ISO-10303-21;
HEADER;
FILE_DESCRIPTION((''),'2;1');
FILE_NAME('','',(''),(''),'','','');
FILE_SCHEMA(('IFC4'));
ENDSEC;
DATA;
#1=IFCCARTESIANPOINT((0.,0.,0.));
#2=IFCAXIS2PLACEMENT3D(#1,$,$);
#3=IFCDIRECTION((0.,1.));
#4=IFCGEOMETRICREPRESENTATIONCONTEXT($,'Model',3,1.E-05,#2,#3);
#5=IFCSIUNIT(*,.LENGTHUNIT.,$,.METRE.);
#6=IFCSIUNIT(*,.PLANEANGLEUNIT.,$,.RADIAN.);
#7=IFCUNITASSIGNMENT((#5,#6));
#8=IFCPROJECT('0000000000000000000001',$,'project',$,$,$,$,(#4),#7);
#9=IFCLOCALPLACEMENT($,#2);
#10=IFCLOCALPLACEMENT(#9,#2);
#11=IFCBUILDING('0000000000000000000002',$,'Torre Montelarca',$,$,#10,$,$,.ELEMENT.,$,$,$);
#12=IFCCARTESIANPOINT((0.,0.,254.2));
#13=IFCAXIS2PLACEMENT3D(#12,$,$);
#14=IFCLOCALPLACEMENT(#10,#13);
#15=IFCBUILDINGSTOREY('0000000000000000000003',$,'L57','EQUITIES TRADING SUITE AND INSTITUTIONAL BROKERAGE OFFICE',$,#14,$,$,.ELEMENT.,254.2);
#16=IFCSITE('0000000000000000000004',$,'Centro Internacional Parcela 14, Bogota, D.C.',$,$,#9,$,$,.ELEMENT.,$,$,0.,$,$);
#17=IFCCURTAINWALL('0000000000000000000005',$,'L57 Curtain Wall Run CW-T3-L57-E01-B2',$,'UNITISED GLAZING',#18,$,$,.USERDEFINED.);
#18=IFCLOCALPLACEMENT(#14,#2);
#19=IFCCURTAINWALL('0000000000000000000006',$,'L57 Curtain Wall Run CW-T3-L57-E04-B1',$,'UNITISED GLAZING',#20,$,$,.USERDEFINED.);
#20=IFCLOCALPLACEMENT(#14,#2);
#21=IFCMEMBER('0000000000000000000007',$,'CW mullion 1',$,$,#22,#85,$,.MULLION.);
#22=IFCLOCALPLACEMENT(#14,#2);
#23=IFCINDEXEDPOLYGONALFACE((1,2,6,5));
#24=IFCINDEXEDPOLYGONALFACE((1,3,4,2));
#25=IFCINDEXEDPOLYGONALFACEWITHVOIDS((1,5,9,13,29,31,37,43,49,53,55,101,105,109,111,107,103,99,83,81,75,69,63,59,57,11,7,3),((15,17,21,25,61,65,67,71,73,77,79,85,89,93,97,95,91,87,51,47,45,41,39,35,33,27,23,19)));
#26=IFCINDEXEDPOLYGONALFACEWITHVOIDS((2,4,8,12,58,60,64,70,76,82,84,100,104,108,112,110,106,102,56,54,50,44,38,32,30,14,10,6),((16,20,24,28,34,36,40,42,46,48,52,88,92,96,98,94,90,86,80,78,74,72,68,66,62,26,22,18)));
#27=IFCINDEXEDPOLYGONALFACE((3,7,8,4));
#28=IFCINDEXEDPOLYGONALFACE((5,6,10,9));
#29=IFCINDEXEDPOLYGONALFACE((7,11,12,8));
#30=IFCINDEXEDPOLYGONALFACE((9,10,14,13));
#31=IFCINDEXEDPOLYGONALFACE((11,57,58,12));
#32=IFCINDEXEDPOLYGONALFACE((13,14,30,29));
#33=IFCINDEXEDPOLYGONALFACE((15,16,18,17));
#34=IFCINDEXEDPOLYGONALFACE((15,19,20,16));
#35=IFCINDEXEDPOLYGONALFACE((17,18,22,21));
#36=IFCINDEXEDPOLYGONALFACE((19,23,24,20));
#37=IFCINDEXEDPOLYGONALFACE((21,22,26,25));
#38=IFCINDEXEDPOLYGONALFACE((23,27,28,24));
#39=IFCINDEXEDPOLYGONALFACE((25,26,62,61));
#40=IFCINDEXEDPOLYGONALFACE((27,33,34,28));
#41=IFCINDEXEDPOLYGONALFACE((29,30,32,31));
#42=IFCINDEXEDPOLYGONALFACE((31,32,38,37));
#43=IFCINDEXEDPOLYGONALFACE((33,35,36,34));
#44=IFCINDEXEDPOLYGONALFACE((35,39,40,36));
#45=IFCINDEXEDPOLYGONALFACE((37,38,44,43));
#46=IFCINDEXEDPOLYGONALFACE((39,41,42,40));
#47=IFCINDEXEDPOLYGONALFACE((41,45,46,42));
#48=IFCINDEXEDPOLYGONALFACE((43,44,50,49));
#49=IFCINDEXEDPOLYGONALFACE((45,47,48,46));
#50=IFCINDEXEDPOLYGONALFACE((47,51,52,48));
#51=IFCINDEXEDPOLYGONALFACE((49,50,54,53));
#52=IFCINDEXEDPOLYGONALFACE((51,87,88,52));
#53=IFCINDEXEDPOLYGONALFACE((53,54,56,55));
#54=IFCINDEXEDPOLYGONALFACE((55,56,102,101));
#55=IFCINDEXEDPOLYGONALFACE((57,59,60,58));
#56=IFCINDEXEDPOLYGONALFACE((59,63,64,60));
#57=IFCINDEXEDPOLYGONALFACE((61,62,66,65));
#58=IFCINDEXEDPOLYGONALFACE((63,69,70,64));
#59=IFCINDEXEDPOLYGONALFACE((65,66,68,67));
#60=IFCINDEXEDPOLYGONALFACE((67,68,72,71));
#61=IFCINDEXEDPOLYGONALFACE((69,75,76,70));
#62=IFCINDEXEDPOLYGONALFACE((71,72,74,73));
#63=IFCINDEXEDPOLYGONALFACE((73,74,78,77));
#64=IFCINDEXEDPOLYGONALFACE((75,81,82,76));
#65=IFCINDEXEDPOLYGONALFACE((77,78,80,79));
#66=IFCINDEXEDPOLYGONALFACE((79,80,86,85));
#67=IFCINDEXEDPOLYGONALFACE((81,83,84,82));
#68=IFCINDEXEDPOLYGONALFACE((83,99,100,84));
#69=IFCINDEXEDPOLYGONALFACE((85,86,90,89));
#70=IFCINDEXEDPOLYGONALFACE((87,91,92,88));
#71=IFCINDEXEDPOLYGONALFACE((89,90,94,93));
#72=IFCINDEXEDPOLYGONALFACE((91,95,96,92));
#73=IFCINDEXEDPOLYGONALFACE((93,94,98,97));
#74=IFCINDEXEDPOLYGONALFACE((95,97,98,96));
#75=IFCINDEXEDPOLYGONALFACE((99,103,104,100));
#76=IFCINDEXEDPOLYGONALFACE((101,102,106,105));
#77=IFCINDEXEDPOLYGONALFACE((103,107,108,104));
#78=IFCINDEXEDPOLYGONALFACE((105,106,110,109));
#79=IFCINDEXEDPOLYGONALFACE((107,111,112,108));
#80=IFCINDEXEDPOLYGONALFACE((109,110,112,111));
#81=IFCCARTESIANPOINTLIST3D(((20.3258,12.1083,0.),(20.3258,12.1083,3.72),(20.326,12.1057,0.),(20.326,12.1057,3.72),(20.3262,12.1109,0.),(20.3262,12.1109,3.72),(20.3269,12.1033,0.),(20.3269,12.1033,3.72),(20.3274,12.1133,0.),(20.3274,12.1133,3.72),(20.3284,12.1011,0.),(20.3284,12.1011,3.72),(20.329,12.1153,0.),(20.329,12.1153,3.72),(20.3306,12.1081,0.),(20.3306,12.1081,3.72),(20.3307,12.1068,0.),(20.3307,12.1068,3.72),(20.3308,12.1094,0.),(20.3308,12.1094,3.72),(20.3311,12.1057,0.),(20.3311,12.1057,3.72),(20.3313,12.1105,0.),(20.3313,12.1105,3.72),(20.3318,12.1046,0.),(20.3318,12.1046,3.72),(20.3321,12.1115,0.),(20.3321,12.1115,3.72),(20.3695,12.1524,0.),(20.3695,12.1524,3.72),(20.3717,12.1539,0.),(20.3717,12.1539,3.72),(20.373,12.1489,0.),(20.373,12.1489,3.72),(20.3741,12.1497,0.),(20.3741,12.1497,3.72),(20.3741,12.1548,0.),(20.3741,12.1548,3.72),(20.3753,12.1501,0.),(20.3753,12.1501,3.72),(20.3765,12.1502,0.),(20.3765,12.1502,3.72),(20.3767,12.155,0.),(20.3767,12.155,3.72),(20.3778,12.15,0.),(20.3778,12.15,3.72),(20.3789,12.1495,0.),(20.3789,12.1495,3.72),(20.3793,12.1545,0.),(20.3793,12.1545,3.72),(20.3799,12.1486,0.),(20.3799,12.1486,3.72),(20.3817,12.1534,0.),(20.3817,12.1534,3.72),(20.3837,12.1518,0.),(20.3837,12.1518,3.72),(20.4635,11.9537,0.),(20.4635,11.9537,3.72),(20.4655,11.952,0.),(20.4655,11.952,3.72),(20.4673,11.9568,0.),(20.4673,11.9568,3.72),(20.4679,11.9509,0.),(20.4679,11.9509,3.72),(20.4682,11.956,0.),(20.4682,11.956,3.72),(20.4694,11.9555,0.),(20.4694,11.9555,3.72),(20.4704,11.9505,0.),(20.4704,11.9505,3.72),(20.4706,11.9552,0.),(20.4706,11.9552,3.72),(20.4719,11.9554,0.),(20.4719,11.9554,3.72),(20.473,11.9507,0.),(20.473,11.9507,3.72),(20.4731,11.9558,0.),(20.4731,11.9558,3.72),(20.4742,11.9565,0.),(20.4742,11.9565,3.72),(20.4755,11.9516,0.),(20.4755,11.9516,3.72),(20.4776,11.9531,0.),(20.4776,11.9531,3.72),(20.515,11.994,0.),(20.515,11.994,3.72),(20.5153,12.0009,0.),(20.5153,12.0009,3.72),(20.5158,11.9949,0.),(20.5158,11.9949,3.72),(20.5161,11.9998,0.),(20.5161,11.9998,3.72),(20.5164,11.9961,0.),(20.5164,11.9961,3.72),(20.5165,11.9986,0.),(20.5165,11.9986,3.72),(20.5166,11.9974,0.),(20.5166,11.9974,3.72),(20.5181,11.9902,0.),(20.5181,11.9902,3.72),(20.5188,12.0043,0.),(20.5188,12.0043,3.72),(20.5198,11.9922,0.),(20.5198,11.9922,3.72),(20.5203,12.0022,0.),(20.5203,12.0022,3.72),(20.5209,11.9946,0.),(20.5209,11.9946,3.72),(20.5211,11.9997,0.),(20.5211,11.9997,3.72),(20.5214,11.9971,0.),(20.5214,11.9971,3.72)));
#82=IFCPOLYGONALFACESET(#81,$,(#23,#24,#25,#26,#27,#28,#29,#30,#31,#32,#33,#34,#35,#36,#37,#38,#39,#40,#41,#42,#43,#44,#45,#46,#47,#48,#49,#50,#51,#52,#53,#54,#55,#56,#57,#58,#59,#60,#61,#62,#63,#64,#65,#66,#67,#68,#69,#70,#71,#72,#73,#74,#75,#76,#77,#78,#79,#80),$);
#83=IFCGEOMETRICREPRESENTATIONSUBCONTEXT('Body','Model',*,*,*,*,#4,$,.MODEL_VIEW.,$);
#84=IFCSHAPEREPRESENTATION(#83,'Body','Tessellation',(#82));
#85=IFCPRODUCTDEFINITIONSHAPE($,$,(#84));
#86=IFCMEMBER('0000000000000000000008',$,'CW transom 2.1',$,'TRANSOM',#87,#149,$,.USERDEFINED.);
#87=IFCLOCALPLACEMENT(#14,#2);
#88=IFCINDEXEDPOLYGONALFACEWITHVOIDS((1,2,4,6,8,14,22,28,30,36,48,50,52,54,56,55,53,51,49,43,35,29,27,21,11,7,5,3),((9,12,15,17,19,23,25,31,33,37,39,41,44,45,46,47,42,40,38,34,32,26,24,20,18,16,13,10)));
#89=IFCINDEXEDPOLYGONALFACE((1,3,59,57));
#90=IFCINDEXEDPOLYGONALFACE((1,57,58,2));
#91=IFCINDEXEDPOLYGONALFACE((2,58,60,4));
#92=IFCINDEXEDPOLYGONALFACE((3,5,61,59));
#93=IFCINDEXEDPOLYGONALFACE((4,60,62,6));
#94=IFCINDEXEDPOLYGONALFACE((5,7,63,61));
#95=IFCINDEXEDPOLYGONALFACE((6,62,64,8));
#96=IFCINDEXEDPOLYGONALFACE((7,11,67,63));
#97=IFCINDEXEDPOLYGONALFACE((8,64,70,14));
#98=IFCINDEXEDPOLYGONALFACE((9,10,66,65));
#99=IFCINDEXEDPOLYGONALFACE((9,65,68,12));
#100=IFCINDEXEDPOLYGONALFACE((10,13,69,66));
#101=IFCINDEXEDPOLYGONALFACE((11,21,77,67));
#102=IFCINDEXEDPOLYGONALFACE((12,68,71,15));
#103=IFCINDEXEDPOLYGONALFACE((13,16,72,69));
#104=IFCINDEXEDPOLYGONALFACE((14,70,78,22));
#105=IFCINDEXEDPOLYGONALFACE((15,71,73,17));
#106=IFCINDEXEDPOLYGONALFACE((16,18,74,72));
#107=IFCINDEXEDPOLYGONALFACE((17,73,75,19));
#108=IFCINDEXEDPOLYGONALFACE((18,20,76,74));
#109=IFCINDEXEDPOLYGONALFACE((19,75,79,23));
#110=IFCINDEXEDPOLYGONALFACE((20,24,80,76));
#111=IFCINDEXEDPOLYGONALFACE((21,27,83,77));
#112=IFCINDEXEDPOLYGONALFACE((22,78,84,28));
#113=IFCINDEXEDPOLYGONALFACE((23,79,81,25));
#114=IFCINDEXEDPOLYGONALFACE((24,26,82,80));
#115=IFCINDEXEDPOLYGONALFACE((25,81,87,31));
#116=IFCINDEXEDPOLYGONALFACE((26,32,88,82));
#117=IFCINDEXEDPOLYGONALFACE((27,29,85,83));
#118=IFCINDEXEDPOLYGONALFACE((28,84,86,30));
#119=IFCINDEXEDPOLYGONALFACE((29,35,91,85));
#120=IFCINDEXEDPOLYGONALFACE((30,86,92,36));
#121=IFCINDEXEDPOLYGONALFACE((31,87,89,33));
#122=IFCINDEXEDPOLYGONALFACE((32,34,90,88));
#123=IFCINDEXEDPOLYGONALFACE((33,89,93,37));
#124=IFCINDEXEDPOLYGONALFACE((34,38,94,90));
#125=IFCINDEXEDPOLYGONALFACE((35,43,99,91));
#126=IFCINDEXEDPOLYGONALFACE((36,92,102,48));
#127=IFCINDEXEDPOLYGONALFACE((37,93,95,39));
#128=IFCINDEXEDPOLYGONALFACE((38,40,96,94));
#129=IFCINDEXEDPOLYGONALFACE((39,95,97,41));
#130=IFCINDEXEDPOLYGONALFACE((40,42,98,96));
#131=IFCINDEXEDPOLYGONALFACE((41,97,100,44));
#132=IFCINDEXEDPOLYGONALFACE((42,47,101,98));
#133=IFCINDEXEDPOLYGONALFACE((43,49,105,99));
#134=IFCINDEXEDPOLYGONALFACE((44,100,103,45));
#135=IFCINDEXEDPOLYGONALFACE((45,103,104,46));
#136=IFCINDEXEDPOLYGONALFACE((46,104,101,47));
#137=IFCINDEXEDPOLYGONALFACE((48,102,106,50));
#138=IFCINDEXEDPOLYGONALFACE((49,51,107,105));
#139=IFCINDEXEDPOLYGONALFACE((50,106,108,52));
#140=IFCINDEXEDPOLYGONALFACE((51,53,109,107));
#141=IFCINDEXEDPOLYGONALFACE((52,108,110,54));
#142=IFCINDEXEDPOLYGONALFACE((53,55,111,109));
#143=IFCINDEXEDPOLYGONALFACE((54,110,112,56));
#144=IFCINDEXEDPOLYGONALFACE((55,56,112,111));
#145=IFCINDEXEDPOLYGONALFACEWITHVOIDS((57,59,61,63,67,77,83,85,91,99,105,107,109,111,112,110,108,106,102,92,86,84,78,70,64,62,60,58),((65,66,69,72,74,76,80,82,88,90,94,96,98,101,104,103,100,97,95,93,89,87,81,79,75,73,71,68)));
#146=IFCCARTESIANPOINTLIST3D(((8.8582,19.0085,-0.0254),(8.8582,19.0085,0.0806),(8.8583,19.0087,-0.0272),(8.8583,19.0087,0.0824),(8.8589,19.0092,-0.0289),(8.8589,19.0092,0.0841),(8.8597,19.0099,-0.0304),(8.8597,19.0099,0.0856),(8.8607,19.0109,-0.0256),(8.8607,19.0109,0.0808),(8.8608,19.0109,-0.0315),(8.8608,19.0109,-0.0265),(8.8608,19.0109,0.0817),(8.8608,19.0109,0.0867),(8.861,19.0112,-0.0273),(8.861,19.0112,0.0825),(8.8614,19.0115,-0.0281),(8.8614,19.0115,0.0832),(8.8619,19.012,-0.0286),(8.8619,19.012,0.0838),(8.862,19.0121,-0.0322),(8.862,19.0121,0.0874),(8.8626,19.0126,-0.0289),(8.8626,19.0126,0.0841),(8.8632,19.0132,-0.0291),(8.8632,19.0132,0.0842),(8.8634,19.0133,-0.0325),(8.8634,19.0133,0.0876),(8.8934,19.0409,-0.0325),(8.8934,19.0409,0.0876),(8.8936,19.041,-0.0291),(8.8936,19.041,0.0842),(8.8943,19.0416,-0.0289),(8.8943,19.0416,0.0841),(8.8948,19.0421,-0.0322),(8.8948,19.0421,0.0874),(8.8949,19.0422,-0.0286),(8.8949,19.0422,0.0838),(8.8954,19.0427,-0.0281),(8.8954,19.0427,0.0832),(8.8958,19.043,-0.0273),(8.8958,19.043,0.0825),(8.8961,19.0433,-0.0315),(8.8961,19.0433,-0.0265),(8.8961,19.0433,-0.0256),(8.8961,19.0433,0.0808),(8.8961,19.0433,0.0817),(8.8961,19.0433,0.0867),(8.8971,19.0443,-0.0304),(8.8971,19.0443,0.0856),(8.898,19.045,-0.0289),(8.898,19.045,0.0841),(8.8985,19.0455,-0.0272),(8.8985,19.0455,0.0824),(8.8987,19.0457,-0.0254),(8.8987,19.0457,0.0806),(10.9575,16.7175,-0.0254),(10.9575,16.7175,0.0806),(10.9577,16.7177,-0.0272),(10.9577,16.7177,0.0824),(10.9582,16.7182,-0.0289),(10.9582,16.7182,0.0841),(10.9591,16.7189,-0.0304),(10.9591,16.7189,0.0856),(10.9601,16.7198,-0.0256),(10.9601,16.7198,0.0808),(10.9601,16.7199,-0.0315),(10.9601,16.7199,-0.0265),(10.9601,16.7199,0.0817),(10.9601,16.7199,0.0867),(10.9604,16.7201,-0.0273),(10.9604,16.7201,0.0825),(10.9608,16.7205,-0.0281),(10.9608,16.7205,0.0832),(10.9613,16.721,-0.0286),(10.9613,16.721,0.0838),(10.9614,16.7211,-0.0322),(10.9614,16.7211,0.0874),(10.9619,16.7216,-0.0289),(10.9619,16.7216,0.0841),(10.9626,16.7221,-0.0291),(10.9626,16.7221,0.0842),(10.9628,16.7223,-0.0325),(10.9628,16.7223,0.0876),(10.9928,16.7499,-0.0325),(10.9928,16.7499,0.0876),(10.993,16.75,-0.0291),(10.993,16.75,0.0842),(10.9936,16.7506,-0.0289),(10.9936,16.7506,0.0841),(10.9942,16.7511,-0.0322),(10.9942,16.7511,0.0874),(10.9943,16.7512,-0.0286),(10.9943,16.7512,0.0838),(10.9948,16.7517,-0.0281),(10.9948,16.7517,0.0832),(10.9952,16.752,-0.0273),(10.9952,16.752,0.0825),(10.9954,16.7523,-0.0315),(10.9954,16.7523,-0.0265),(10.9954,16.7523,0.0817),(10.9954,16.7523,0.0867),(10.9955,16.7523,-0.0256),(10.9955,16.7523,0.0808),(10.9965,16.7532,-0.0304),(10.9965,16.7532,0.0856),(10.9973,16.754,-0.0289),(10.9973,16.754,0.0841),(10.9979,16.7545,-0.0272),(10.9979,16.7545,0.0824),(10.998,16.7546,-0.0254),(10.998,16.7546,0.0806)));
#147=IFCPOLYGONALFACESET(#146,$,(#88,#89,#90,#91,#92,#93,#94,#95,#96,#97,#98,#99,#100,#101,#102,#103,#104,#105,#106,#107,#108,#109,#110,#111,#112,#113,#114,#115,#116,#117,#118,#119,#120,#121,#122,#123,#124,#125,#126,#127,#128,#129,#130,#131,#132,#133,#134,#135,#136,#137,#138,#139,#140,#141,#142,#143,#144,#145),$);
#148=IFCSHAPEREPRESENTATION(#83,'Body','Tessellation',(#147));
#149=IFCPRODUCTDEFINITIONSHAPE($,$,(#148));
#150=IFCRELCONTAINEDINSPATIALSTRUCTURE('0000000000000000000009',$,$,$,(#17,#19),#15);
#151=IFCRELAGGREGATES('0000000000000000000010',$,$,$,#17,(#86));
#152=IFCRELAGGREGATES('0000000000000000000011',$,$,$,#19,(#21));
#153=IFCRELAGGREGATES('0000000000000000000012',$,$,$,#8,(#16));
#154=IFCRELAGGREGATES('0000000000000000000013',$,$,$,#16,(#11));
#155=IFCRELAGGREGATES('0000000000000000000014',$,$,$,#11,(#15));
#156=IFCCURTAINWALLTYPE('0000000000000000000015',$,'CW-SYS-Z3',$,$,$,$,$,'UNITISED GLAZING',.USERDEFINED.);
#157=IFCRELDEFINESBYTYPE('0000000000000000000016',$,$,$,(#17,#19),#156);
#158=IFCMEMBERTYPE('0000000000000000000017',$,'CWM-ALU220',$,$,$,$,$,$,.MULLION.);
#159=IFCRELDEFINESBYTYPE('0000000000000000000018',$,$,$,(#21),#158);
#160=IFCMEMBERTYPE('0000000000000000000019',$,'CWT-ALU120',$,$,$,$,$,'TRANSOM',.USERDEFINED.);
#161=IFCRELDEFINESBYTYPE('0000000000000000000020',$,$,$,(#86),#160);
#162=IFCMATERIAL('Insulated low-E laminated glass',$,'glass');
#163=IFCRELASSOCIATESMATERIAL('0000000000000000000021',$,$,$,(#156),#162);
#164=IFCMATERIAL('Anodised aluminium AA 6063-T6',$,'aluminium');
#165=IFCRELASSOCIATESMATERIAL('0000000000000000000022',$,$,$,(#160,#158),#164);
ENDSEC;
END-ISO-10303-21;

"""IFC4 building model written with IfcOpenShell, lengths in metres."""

from ifc_helpers import new_model, si_unit, direction, frame, origin, origin_2d, place, context, subcontext, project, spatial, hollow_rectangle, extrude, source, transform, mapped, material, material_profile, profile_set, type_object, element, aggregate, save


model = new_model("IFC4")

# Units and contexts
model_context = context("Model", 3, precision=1e-05, world=origin(), true_north=direction((0.0, 1.0)))
body_context = subcontext(model_context, "Body", "Model", "MODEL_VIEW")
ifc_project = project(units=[si_unit("LENGTHUNIT", "METRE"), si_unit("PLANEANGLEUNIT", "RADIAN")], contexts=[model_context])

# Site, building, storey
site_placement = place(None, origin())
site = spatial("IfcSite", under=ifc_project, at=site_placement, Name="Centro Internacional Parcela 14, Bogota, D.C.", CompositionType="ELEMENT", RefElevation=0.0)
building_placement = place(site_placement, origin())
building = spatial("IfcBuilding", under=site, at=building_placement, Name="Torre Montelarca", CompositionType="ELEMENT")
storey_placement = place(building_placement, frame((0.0, 0.0, 254.2)))
storey = spatial("IfcBuildingStorey", under=building, at=storey_placement, Name="L57", Description="EQUITIES TRADING SUITE AND INSTITUTIONAL BROKERAGE OFFICE", CompositionType="ELEMENT", Elevation=254.2)

# Shared definitions
ifc_material_1 = material(Name="Insulated low-E laminated glass", Category="glass")
curtain_wall_type = type_object("IfcCurtainWallType", Name="CW-SYS-Z3", ElementType="UNITISED GLAZING", PredefinedType="USERDEFINED", material=ifc_material_1)
ifc_material_2 = material(Name="Anodised aluminium AA 6063-T6", Category="aluminium")
ifc_material_profile_1 = material_profile(ifc_material_2, hollow_rectangle(XDim=0.0549, YDim=0.1201, WallThickness=0.0034, InnerFilletRadius=0.0034, OuterFilletRadius=0.0071, at=origin_2d()), Name="ALU55X120X3.5", Category="aluminium")
ifc_profile_set_1 = profile_set([ifc_material_profile_1], Name="Anodised aluminium AA 6063-T6")
member_type_1 = type_object("IfcMemberType", Name="CWT-ALU120", ElementType="TRANSOM", PredefinedType="USERDEFINED", material=ifc_profile_set_1)

# Curtain wall
curtain_wall_1_placement = place(storey_placement, origin())
curtain_wall_1 = element("IfcCurtainWall", 1, at=curtain_wall_1_placement, inside=storey, type_object=curtain_wall_type, Name="L57 Curtain Wall Run CW-T3-L57-E01-B2", ObjectType="UNITISED GLAZING", PredefinedType="USERDEFINED")
ifc_material_profile_2 = material_profile(ifc_material_2, hollow_rectangle(XDim=0.075, YDim=0.22, WallThickness=0.0049, InnerFilletRadius=0.0049, OuterFilletRadius=0.01, at=origin_2d()), Name="ALU75X220X5", Category="aluminium")
ifc_profile_set_2 = profile_set([ifc_material_profile_2], Name="Anodised aluminium AA 6063-T6")
member_type_2 = type_object("IfcMemberType", Name="CWM-ALU220", PredefinedType="MULLION", material=ifc_profile_set_2)
shared_shape_1 = source(origin(), body_context, "Body", "SweptSolid", [
    extrude(hollow_rectangle(XDim=0.075, YDim=0.22, WallThickness=0.0049, InnerFilletRadius=0.0049, OuterFilletRadius=0.01, at=origin_2d()), origin(), (0.0, 0.0, 1.0), 3.72),
])

# Curtain wall, member
curtain_wall_2_placement = place(storey_placement, origin())
curtain_wall_2 = element("IfcCurtainWall", 2, at=curtain_wall_2_placement, inside=storey, type_object=curtain_wall_type, Name="L57 Curtain Wall Run CW-T3-L57-E04-B1", ObjectType="UNITISED GLAZING", PredefinedType="USERDEFINED")
member_1_placement = place(storey_placement, frame((20.4236, 12.0527, 0.0), z_axis=(0.0, 0.0, 1.0), x_axis=(0.737293, 0.675573, 0.0)))
member_1 = element("IfcMember", 3, at=member_1_placement, type_object=member_type_2, Name="CW mullion 1", PredefinedType="MULLION", context=body_context, shape_type="MappedRepresentation", body=[
    mapped(shared_shape_1, transform((0.0, 0.0, 0.0), scale=1.0)),
])

# Member
shared_shape_2 = source(origin(), body_context, "Body", "SweptSolid", [
    extrude(hollow_rectangle(XDim=0.0549, YDim=0.1201, WallThickness=0.0034, InnerFilletRadius=0.0034, OuterFilletRadius=0.0071, at=origin_2d()), origin(), (0.0, 0.0, 1.0), 3.1074),
])
member_2_placement = place(storey_placement, frame((8.8784, 19.0271, 0.0276), z_axis=(0.675597, -0.737272, 0.0), x_axis=(0.737272, 0.675597, 0.0)))
member_2 = element("IfcMember", 4, at=member_2_placement, type_object=member_type_1, Name="CW transom 2.1", ObjectType="TRANSOM", PredefinedType="USERDEFINED", context=body_context, shape_type="MappedRepresentation", body=[
    mapped(shared_shape_2, transform((0.0, 0.0, 0.0), scale=1.0)),
])

aggregate(curtain_wall_1, [member_2])
aggregate(curtain_wall_2, [member_1])

save(model, "model.ifc")
